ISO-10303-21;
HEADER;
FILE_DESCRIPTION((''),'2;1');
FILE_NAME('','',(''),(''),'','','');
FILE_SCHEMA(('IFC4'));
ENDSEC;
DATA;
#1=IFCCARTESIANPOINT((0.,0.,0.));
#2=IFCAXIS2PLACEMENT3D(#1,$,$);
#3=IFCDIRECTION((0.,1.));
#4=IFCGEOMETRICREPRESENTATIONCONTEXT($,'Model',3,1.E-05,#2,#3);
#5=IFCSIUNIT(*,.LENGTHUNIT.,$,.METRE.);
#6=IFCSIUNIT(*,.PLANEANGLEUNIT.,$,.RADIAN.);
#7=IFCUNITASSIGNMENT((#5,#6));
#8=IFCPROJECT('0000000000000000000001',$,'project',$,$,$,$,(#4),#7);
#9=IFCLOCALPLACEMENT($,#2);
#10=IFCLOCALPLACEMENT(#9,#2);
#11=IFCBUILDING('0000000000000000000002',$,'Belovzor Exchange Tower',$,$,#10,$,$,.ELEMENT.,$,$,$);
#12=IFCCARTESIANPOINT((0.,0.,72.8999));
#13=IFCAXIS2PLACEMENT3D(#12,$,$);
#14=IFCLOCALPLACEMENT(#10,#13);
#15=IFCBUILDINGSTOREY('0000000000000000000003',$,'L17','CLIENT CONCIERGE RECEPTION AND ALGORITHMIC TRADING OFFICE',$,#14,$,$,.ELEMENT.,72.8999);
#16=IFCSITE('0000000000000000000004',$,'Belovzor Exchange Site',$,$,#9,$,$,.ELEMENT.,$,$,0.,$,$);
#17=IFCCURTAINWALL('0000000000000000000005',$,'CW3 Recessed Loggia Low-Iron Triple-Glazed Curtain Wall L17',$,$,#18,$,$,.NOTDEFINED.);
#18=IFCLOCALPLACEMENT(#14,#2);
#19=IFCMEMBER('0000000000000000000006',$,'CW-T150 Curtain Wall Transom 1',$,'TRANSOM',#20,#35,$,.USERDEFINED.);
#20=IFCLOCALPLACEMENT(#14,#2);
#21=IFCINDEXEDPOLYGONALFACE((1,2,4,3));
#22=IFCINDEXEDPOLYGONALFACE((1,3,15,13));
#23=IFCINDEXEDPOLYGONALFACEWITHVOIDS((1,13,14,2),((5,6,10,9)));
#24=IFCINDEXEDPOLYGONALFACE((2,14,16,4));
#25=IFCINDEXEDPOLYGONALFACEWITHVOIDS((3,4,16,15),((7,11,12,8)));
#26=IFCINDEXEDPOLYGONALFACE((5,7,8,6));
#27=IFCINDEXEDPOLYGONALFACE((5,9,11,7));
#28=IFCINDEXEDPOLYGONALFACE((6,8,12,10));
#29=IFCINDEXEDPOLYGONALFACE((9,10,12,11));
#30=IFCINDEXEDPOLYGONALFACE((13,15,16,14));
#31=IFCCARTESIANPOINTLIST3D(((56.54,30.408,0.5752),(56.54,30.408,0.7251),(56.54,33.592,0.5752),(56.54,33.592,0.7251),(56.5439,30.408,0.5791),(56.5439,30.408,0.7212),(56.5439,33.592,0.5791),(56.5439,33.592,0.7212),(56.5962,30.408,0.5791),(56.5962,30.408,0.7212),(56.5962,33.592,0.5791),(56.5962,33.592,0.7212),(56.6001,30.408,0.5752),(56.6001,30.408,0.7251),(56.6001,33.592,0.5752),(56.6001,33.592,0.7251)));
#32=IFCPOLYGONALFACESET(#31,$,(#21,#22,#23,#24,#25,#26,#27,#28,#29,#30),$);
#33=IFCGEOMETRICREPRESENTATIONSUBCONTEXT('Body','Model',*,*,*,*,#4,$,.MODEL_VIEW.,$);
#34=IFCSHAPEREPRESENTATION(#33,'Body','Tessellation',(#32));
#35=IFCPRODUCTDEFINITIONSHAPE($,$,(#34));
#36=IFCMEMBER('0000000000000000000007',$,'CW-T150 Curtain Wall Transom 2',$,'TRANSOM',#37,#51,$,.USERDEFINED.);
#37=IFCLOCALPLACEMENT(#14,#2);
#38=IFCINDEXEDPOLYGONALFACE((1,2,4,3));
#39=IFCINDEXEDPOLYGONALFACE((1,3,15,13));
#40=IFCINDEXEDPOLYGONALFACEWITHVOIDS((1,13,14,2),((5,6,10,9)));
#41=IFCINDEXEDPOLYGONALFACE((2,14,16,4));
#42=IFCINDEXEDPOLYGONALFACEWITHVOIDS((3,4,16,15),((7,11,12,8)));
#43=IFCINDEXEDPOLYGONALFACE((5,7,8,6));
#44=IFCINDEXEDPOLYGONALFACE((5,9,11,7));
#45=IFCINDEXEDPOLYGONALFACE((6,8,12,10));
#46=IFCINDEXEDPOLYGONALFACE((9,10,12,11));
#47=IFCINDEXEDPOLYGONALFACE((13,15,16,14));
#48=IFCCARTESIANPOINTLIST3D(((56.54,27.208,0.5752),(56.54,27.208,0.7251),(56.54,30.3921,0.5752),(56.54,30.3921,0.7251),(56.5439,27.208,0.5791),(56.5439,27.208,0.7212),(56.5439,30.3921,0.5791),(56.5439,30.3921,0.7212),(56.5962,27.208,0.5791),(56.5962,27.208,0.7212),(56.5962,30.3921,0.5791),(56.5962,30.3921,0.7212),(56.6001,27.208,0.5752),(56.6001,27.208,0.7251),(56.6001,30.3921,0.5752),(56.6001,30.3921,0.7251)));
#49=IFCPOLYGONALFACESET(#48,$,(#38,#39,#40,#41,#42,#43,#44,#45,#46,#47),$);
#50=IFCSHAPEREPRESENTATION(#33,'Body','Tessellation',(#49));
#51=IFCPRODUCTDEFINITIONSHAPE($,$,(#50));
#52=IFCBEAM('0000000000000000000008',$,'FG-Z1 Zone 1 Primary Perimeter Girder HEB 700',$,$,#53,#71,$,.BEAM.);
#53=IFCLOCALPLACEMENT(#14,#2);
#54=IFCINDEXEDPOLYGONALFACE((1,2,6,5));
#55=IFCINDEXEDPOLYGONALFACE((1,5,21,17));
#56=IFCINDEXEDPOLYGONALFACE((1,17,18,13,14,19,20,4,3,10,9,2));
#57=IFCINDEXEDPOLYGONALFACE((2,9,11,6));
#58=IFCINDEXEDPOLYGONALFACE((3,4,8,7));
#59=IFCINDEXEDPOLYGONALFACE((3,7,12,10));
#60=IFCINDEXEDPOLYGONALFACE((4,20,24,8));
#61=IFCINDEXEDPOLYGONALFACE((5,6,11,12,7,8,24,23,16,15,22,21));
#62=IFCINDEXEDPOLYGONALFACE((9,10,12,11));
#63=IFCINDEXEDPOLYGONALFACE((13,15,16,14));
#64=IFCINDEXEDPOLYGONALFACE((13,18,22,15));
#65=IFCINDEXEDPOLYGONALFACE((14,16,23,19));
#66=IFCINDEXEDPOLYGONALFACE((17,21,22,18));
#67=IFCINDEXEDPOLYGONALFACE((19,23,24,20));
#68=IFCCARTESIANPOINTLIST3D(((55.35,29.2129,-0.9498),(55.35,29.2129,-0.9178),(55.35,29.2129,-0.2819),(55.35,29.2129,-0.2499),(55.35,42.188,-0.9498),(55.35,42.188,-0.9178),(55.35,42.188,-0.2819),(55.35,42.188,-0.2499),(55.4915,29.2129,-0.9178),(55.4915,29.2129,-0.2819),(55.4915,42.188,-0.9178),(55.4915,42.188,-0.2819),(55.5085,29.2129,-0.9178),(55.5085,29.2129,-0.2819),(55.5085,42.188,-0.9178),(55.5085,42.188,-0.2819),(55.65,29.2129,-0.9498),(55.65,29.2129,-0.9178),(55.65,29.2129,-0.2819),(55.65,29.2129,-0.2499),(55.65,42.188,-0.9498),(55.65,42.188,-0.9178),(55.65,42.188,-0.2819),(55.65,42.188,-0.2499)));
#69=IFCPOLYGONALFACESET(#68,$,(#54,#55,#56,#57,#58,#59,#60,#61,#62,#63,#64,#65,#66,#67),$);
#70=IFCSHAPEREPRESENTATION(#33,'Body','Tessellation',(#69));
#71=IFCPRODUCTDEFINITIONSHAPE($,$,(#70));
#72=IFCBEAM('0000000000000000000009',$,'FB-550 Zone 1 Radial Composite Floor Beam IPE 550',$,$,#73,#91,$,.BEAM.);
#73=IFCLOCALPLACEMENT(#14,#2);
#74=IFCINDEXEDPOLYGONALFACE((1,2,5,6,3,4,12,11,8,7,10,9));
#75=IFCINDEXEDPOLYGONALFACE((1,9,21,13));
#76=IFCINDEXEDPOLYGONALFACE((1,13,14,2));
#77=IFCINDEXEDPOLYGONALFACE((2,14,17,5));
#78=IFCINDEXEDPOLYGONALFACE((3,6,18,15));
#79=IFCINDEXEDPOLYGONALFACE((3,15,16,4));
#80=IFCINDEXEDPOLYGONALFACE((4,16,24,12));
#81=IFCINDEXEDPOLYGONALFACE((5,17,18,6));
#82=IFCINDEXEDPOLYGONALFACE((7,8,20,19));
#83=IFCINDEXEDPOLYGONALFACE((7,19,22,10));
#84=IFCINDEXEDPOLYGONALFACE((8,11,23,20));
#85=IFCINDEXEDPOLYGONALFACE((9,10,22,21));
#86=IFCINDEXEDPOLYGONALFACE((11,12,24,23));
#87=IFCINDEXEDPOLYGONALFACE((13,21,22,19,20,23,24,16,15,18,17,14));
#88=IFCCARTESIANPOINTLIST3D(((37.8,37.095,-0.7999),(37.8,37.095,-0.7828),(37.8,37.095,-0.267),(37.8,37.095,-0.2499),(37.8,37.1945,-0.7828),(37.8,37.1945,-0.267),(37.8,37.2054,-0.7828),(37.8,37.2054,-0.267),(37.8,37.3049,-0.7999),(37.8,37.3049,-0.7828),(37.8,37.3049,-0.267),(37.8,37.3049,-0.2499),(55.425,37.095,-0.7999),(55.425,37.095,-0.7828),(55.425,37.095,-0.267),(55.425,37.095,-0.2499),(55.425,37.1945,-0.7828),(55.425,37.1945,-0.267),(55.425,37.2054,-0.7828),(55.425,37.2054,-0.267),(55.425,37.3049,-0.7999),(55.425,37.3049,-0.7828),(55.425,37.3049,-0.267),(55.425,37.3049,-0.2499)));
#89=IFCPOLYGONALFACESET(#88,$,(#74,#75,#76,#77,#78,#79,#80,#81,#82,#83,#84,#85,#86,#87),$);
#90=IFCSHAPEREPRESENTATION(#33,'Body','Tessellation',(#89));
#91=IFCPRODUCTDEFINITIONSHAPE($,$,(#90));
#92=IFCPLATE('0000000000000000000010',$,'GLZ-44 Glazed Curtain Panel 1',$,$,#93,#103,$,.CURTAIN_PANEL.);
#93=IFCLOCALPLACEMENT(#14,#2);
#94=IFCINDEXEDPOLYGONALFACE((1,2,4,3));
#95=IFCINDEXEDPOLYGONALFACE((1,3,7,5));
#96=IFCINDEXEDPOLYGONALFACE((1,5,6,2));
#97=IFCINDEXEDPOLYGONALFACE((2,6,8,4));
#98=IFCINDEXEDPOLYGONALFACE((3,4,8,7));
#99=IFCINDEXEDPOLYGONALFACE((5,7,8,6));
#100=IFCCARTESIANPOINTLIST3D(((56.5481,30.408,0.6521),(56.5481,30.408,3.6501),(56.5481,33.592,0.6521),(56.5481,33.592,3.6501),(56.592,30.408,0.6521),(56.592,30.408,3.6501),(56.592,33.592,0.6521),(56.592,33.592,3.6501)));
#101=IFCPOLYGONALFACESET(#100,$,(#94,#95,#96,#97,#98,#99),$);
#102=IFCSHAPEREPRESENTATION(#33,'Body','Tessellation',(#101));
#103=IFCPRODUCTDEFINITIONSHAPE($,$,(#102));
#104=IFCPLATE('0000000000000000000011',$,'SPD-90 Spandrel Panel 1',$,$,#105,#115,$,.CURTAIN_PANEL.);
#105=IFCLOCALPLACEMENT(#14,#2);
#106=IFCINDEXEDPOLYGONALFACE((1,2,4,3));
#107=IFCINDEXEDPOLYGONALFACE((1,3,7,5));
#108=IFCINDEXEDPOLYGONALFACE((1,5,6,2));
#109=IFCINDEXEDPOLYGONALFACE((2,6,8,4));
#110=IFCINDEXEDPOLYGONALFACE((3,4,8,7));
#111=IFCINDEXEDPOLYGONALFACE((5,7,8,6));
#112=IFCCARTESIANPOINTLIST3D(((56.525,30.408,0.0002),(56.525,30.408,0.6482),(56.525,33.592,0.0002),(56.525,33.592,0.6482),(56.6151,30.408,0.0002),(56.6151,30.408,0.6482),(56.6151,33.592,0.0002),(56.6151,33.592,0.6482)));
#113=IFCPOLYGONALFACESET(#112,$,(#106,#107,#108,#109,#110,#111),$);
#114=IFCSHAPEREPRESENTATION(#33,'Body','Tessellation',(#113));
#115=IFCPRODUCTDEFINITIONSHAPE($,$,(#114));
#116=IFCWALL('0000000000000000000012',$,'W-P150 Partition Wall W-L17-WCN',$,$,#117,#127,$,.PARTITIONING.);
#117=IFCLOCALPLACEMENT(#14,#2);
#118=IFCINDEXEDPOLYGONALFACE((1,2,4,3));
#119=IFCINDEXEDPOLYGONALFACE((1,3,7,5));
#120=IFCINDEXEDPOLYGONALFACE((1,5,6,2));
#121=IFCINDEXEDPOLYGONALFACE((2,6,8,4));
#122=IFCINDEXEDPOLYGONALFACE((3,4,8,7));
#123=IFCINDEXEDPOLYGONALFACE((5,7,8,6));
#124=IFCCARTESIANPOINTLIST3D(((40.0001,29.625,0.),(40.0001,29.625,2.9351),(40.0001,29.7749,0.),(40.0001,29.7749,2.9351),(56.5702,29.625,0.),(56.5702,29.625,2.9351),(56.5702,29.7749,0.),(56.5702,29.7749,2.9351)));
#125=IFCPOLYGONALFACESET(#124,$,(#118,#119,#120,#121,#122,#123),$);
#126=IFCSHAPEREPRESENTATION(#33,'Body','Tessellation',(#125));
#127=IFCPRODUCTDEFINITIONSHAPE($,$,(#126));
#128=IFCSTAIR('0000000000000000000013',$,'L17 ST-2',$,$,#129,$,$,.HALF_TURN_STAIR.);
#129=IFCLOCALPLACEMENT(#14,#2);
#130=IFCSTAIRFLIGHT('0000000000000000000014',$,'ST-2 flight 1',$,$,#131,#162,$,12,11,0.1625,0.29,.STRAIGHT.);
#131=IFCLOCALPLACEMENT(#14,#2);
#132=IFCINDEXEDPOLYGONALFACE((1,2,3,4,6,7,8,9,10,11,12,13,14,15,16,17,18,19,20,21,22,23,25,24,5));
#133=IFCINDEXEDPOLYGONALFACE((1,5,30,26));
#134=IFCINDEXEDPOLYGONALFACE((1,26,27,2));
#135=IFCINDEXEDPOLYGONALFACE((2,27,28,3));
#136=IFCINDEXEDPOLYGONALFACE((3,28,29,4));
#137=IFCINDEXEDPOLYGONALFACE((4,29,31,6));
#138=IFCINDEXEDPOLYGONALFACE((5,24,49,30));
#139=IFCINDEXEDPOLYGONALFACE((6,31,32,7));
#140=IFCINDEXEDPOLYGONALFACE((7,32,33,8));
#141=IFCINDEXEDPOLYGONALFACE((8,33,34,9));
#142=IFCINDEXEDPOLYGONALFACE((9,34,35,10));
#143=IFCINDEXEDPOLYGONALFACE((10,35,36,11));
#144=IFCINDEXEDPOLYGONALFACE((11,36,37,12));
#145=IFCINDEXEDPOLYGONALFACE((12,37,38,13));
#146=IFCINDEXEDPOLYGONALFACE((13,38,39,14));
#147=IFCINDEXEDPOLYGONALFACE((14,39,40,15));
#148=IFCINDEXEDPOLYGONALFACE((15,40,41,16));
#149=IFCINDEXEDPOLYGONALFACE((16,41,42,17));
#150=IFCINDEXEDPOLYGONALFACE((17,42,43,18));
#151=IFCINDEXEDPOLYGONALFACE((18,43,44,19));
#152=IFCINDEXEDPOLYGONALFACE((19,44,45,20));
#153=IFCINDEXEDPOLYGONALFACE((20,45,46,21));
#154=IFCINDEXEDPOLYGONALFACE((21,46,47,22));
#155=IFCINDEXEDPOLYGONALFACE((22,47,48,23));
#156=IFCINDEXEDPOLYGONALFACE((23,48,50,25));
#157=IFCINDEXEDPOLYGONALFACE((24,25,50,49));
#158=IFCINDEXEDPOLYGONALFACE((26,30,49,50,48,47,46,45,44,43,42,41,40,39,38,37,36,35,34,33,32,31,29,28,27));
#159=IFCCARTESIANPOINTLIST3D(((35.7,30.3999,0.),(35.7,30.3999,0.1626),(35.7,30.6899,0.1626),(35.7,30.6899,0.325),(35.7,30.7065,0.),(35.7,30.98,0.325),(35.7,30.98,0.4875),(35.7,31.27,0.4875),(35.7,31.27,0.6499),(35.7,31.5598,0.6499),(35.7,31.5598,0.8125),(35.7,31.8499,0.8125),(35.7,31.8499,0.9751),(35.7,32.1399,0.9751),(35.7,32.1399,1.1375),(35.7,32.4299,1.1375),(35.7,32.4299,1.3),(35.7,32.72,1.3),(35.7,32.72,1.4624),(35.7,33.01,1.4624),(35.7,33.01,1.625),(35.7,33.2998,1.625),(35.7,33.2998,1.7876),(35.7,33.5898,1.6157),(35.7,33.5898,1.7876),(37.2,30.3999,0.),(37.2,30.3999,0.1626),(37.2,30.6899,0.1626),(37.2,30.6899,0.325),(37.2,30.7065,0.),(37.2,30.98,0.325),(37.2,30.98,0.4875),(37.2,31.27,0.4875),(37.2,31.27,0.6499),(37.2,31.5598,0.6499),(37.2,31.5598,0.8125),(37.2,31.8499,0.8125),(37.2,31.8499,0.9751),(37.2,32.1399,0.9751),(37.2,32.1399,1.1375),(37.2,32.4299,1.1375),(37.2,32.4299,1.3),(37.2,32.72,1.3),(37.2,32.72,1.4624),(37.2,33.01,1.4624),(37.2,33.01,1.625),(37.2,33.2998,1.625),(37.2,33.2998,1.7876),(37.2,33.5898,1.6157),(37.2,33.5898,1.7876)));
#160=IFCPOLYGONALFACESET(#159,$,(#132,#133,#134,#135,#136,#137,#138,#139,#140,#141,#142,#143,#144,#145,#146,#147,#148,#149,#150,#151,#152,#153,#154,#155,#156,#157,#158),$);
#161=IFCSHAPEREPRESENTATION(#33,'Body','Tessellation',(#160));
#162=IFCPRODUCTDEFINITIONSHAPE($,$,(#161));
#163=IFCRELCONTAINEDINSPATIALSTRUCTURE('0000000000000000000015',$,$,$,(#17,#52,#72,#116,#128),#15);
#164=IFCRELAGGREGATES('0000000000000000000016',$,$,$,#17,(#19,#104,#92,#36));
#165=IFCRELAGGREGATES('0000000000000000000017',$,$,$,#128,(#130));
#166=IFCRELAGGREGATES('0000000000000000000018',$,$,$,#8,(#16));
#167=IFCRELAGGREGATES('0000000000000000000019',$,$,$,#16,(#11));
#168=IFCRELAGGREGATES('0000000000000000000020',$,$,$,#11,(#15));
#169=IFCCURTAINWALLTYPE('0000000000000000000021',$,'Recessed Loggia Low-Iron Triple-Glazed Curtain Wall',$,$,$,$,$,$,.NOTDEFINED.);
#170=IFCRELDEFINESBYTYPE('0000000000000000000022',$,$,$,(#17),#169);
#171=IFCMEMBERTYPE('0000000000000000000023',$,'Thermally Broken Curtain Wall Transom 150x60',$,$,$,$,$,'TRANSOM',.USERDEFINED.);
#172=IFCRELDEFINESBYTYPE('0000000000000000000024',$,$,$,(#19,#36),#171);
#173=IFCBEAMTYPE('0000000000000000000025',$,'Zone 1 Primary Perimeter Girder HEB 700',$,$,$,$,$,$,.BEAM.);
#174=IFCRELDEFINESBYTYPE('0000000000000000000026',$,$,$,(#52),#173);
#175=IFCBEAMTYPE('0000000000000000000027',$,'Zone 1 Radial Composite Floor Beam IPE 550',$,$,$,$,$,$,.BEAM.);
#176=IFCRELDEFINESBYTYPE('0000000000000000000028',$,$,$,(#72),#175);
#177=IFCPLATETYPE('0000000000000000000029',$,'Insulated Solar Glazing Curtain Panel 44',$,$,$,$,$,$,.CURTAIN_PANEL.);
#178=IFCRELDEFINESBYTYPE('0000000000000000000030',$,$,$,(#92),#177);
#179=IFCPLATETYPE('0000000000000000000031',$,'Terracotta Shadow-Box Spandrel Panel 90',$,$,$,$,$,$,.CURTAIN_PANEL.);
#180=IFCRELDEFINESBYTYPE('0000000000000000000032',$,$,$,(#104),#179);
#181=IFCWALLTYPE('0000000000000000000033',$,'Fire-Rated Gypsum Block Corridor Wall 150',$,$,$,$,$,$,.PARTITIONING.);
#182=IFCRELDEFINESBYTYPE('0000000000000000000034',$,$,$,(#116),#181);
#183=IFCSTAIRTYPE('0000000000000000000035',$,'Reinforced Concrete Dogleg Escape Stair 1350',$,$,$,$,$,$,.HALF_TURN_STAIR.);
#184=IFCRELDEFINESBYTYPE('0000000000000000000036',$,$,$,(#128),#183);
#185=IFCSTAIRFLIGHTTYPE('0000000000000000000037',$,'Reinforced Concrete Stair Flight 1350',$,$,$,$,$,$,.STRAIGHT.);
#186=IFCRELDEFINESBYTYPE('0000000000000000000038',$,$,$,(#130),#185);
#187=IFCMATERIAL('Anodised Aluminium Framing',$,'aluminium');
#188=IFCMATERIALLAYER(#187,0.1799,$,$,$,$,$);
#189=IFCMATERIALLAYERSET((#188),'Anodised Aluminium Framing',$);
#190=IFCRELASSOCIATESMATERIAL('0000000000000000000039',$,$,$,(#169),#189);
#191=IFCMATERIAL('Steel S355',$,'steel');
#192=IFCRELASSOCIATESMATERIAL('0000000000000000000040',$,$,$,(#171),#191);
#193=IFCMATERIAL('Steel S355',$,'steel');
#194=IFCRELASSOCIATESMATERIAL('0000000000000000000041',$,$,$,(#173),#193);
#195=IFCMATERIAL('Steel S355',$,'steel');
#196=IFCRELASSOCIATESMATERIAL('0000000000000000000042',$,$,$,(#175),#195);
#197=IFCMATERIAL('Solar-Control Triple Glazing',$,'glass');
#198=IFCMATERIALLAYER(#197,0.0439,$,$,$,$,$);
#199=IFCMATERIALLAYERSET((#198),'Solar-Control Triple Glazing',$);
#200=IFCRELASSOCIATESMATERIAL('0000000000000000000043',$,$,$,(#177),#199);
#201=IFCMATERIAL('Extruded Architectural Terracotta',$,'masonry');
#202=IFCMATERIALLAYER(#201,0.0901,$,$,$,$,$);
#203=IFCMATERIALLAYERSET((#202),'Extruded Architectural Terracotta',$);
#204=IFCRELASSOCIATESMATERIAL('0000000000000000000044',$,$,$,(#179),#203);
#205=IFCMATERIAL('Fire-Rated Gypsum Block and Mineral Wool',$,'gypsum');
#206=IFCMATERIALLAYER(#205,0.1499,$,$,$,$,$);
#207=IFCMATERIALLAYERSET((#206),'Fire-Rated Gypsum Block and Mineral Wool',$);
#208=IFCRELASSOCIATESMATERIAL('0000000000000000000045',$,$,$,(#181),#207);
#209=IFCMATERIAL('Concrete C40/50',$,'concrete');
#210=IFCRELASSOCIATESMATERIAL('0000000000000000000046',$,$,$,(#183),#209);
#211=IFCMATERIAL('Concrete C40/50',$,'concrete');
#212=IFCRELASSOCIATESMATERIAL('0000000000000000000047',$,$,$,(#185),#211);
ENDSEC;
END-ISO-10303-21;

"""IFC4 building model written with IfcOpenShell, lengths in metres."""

from ifc_helpers import new_model, si_unit, direction, frame, frame_2d, origin, origin_2d, place, context, subcontext, project, spatial, polyline, rectangle, hollow_rectangle, i_section, outline, extrude, material, layer, layer_set, material_profile, profile_set, type_object, element, aggregate, save


model = new_model("IFC4")

# Units and contexts
model_context = context("Model", 3, precision=1e-05, world=origin(), true_north=direction((0.0, 1.0)))
body_context = subcontext(model_context, "Body", "Model", "MODEL_VIEW")
ifc_project = project(units=[si_unit("LENGTHUNIT", "METRE"), si_unit("PLANEANGLEUNIT", "RADIAN")], contexts=[model_context])

# Site, building, storey
site_placement = place(None, origin())
site = spatial("IfcSite", under=ifc_project, at=site_placement, Name="Belovzor Exchange Site", CompositionType="ELEMENT", RefElevation=0.0)
building_placement = place(site_placement, origin())
building = spatial("IfcBuilding", under=site, at=building_placement, Name="Belovzor Exchange Tower", CompositionType="ELEMENT")
storey_placement = place(building_placement, frame((0.0, 0.0, 72.8999)))
storey = spatial("IfcBuildingStorey", under=building, at=storey_placement, Name="L17", Description="CLIENT CONCIERGE RECEPTION AND ALGORITHMIC TRADING OFFICE", CompositionType="ELEMENT", Elevation=72.8999)

# Curtain wall, members
ifc_material_1 = material(Name="Anodised Aluminium Framing", Category="aluminium")
ifc_layer_1 = layer(ifc_material_1, 0.1799)
ifc_layer_set_1 = layer_set([ifc_layer_1], Name="Anodised Aluminium Framing")
curtain_wall_type = type_object("IfcCurtainWallType", Name="Recessed Loggia Low-Iron Triple-Glazed Curtain Wall", PredefinedType="NOTDEFINED", material=ifc_layer_set_1)
curtain_wall_placement = place(storey_placement, origin())
curtain_wall = element("IfcCurtainWall", 1, at=curtain_wall_placement, inside=storey, type_object=curtain_wall_type, Name="CW3 Recessed Loggia Low-Iron Triple-Glazed Curtain Wall L17", PredefinedType="NOTDEFINED")
ifc_material_2 = material(Name="Steel S355", Category="steel")
ifc_material_profile_1 = material_profile(ifc_material_2, hollow_rectangle(XDim=0.0601, YDim=0.1499, WallThickness=0.0039, at=origin_2d()))
ifc_profile_set_1 = profile_set([ifc_material_profile_1], Name="Steel S355")
member_type_1 = type_object("IfcMemberType", Name="Thermally Broken Curtain Wall Transom 150x60", ElementType="TRANSOM", PredefinedType="USERDEFINED", material=ifc_profile_set_1)
member_1_placement = place(storey_placement, frame((56.5701, 33.592, 0.6501), z_axis=(0.0, -1.0, 0.0), x_axis=(1.0, 0.0, 0.0)))
member_1 = element("IfcMember", 2, at=member_1_placement, type_object=member_type_1, Name="CW-T150 Curtain Wall Transom 1", ObjectType="TRANSOM", PredefinedType="USERDEFINED", context=body_context, shape_type="SweptSolid", body=[
    extrude(hollow_rectangle(XDim=0.0601, YDim=0.1499, WallThickness=0.0039, at=origin_2d()), origin(), (0.0, 0.0, 1.0), 3.1841),
])
member_2_placement = place(storey_placement, frame((56.5701, 30.3921, 0.6501), z_axis=(0.0, -1.0, 0.0), x_axis=(1.0, 0.0, 0.0)))
member_2 = element("IfcMember", 3, at=member_2_placement, type_object=member_type_1, Name="CW-T150 Curtain Wall Transom 2", ObjectType="TRANSOM", PredefinedType="USERDEFINED", context=body_context, shape_type="SweptSolid", body=[
    extrude(hollow_rectangle(XDim=0.0601, YDim=0.1499, WallThickness=0.0039, at=origin_2d()), origin(), (0.0, 0.0, 1.0), 3.1841),
])

# Beams
ifc_material_3 = material(Name="Steel S355", Category="steel")
ifc_material_profile_2 = material_profile(ifc_material_3, i_section(OverallWidth=0.3, OverallDepth=0.7, WebThickness=0.0171, FlangeThickness=0.032, at=origin_2d()))
ifc_profile_set_2 = profile_set([ifc_material_profile_2], Name="Steel S355")
beam_type_1 = type_object("IfcBeamType", Name="Zone 1 Primary Perimeter Girder HEB 700", PredefinedType="BEAM", material=ifc_profile_set_2)
beam_1_placement = place(storey_placement, frame((55.5, 29.2129, -0.5999), z_axis=(0.0, 1.0, 0.0), x_axis=(-1.0, 0.0, 0.0)))
element("IfcBeam", 4, at=beam_1_placement, inside=storey, type_object=beam_type_1, Name="FG-Z1 Zone 1 Primary Perimeter Girder HEB 700", PredefinedType="BEAM", context=body_context, shape_type="SweptSolid", body=[
    extrude(i_section(OverallWidth=0.3, OverallDepth=0.7, WebThickness=0.0171, FlangeThickness=0.032, at=origin_2d()), origin(), (0.0, 0.0, 1.0), 12.9751),
])
ifc_material_4 = material(Name="Steel S355", Category="steel")
ifc_material_profile_3 = material_profile(ifc_material_4, i_section(OverallWidth=0.21, OverallDepth=0.55, WebThickness=0.011, FlangeThickness=0.0171, at=origin_2d()))
ifc_profile_set_3 = profile_set([ifc_material_profile_3], Name="Steel S355")
beam_type_2 = type_object("IfcBeamType", Name="Zone 1 Radial Composite Floor Beam IPE 550", PredefinedType="BEAM", material=ifc_profile_set_3)
beam_2_placement = place(storey_placement, frame((37.8, 37.2, -0.5249), z_axis=(1.0, 0.0, 0.0), x_axis=(0.0, 1.0, 0.0)))
element("IfcBeam", 5, at=beam_2_placement, inside=storey, type_object=beam_type_2, Name="FB-550 Zone 1 Radial Composite Floor Beam IPE 550", PredefinedType="BEAM", context=body_context, shape_type="SweptSolid", body=[
    extrude(i_section(OverallWidth=0.21, OverallDepth=0.55, WebThickness=0.011, FlangeThickness=0.0171, at=origin_2d()), origin(), (0.0, 0.0, 1.0), 17.625),
])

# Plates
ifc_material_5 = material(Name="Solar-Control Triple Glazing", Category="glass")
ifc_layer_2 = layer(ifc_material_5, 0.0439)
ifc_layer_set_2 = layer_set([ifc_layer_2], Name="Solar-Control Triple Glazing")
plate_type_1 = type_object("IfcPlateType", Name="Insulated Solar Glazing Curtain Panel 44", PredefinedType="CURTAIN_PANEL", material=ifc_layer_set_2)
plate_1_placement = place(storey_placement, frame((56.5701, 32.0, 0.6521), z_axis=(0.0, 0.0, 1.0), x_axis=(0.0, -1.0, 0.0)))
plate_1 = element("IfcPlate", 6, at=plate_1_placement, type_object=plate_type_1, Name="GLZ-44 Glazed Curtain Panel 1", PredefinedType="CURTAIN_PANEL", context=body_context, shape_type="SweptSolid", body=[
    extrude(rectangle(XDim=3.1841, YDim=0.0439, at=origin_2d()), origin(), (0.0, 0.0, 1.0), 2.998),
])
ifc_material_6 = material(Name="Extruded Architectural Terracotta", Category="masonry")
ifc_layer_3 = layer(ifc_material_6, 0.0901)
ifc_layer_set_3 = layer_set([ifc_layer_3], Name="Extruded Architectural Terracotta")
plate_type_2 = type_object("IfcPlateType", Name="Terracotta Shadow-Box Spandrel Panel 90", PredefinedType="CURTAIN_PANEL", material=ifc_layer_set_3)
plate_2_placement = place(storey_placement, frame((56.5701, 32.0, 0.0002), z_axis=(0.0, 0.0, 1.0), x_axis=(0.0, -1.0, 0.0)))
plate_2 = element("IfcPlate", 7, at=plate_2_placement, type_object=plate_type_2, Name="SPD-90 Spandrel Panel 1", PredefinedType="CURTAIN_PANEL", context=body_context, shape_type="SweptSolid", body=[
    extrude(rectangle(XDim=3.1841, YDim=0.0901, at=origin_2d()), origin(), (0.0, 0.0, 1.0), 0.6479),
])
aggregate(curtain_wall, [member_1, plate_2, plate_1, member_2])

# Wall
ifc_material_7 = material(Name="Fire-Rated Gypsum Block and Mineral Wool", Category="gypsum")
ifc_layer_4 = layer(ifc_material_7, 0.1499)
ifc_layer_set_4 = layer_set([ifc_layer_4], Name="Fire-Rated Gypsum Block and Mineral Wool")
wall_type = type_object("IfcWallType", Name="Fire-Rated Gypsum Block Corridor Wall 150", PredefinedType="PARTITIONING", material=ifc_layer_set_4)
wall_placement = place(storey_placement, frame((40.0, 29.7, 0.0), z_axis=(0.0, 0.0, 1.0), x_axis=(1.0, 0.0, 0.0)))
element("IfcWall", 8, at=wall_placement, inside=storey, type_object=wall_type, Name="W-P150 Partition Wall W-L17-WCN", PredefinedType="PARTITIONING", context=body_context, shape_type="SweptSolid", body=[
    extrude(rectangle(XDim=16.5701, YDim=0.1499, at=frame_2d((8.2852, 0.0))), origin(), (0.0, 0.0, 1.0), 2.9351),
])

# Stair, stair flight
ifc_material_8 = material(Name="Concrete C40/50", Category="concrete")
stair_type = type_object("IfcStairType", Name="Reinforced Concrete Dogleg Escape Stair 1350", PredefinedType="HALF_TURN_STAIR", material=ifc_material_8)
stair_placement = place(storey_placement, origin())
stair = element("IfcStair", 9, at=stair_placement, inside=storey, type_object=stair_type, Name="L17 ST-2", PredefinedType="HALF_TURN_STAIR")
ifc_material_9 = material(Name="Concrete C40/50", Category="concrete")
stair_flight_type = type_object("IfcStairFlightType", Name="Reinforced Concrete Stair Flight 1350", PredefinedType="STRAIGHT", material=ifc_material_9)
stair_flight_placement = place(storey_placement, frame((36.45, 30.3999, 0.0), z_axis=(0.0, 0.0, 1.0), x_axis=(0.0, 1.0, 0.0)))
stair_flight = element("IfcStairFlight", 10, at=stair_flight_placement, type_object=stair_flight_type, Name="ST-2 flight 1", NumberOfRisers=12, NumberOfTreads=11, PredefinedType="STRAIGHT", RiserHeight=0.1625, TreadLength=0.29, context=body_context, shape_type="SweptSolid", body=[
    extrude(outline(polyline([(0.0, 0.0), (0.0, 0.1626), (0.29, 0.1626), (0.29, 0.325), (0.5801, 0.325), (0.5801, 0.4875), (0.8701, 0.4875), (0.8701, 0.6499), (1.1599, 0.6499), (1.1599, 0.8125), (1.45, 0.8125), (1.45, 0.9751), (1.74, 0.9751), (1.74, 1.1375), (2.03, 1.1375), (2.03, 1.3), (2.3201, 1.3), (2.3201, 1.4624), (2.6101, 1.4624), (2.6101, 1.625), (2.8999, 1.625), (2.8999, 1.7876), (3.1899, 1.7876), (3.1899, 1.95), (3.1899, 1.6157), (0.3066, 0.0), (0.0, 0.0)])), frame((0.0, 0.75, 0.0), z_axis=(0.0, -1.0, 0.0), x_axis=(1.0, 0.0, 0.0)), (0.0, 0.0, 1.0), 1.5),
])
aggregate(stair, [stair_flight])

save(model, "model.ifc")
